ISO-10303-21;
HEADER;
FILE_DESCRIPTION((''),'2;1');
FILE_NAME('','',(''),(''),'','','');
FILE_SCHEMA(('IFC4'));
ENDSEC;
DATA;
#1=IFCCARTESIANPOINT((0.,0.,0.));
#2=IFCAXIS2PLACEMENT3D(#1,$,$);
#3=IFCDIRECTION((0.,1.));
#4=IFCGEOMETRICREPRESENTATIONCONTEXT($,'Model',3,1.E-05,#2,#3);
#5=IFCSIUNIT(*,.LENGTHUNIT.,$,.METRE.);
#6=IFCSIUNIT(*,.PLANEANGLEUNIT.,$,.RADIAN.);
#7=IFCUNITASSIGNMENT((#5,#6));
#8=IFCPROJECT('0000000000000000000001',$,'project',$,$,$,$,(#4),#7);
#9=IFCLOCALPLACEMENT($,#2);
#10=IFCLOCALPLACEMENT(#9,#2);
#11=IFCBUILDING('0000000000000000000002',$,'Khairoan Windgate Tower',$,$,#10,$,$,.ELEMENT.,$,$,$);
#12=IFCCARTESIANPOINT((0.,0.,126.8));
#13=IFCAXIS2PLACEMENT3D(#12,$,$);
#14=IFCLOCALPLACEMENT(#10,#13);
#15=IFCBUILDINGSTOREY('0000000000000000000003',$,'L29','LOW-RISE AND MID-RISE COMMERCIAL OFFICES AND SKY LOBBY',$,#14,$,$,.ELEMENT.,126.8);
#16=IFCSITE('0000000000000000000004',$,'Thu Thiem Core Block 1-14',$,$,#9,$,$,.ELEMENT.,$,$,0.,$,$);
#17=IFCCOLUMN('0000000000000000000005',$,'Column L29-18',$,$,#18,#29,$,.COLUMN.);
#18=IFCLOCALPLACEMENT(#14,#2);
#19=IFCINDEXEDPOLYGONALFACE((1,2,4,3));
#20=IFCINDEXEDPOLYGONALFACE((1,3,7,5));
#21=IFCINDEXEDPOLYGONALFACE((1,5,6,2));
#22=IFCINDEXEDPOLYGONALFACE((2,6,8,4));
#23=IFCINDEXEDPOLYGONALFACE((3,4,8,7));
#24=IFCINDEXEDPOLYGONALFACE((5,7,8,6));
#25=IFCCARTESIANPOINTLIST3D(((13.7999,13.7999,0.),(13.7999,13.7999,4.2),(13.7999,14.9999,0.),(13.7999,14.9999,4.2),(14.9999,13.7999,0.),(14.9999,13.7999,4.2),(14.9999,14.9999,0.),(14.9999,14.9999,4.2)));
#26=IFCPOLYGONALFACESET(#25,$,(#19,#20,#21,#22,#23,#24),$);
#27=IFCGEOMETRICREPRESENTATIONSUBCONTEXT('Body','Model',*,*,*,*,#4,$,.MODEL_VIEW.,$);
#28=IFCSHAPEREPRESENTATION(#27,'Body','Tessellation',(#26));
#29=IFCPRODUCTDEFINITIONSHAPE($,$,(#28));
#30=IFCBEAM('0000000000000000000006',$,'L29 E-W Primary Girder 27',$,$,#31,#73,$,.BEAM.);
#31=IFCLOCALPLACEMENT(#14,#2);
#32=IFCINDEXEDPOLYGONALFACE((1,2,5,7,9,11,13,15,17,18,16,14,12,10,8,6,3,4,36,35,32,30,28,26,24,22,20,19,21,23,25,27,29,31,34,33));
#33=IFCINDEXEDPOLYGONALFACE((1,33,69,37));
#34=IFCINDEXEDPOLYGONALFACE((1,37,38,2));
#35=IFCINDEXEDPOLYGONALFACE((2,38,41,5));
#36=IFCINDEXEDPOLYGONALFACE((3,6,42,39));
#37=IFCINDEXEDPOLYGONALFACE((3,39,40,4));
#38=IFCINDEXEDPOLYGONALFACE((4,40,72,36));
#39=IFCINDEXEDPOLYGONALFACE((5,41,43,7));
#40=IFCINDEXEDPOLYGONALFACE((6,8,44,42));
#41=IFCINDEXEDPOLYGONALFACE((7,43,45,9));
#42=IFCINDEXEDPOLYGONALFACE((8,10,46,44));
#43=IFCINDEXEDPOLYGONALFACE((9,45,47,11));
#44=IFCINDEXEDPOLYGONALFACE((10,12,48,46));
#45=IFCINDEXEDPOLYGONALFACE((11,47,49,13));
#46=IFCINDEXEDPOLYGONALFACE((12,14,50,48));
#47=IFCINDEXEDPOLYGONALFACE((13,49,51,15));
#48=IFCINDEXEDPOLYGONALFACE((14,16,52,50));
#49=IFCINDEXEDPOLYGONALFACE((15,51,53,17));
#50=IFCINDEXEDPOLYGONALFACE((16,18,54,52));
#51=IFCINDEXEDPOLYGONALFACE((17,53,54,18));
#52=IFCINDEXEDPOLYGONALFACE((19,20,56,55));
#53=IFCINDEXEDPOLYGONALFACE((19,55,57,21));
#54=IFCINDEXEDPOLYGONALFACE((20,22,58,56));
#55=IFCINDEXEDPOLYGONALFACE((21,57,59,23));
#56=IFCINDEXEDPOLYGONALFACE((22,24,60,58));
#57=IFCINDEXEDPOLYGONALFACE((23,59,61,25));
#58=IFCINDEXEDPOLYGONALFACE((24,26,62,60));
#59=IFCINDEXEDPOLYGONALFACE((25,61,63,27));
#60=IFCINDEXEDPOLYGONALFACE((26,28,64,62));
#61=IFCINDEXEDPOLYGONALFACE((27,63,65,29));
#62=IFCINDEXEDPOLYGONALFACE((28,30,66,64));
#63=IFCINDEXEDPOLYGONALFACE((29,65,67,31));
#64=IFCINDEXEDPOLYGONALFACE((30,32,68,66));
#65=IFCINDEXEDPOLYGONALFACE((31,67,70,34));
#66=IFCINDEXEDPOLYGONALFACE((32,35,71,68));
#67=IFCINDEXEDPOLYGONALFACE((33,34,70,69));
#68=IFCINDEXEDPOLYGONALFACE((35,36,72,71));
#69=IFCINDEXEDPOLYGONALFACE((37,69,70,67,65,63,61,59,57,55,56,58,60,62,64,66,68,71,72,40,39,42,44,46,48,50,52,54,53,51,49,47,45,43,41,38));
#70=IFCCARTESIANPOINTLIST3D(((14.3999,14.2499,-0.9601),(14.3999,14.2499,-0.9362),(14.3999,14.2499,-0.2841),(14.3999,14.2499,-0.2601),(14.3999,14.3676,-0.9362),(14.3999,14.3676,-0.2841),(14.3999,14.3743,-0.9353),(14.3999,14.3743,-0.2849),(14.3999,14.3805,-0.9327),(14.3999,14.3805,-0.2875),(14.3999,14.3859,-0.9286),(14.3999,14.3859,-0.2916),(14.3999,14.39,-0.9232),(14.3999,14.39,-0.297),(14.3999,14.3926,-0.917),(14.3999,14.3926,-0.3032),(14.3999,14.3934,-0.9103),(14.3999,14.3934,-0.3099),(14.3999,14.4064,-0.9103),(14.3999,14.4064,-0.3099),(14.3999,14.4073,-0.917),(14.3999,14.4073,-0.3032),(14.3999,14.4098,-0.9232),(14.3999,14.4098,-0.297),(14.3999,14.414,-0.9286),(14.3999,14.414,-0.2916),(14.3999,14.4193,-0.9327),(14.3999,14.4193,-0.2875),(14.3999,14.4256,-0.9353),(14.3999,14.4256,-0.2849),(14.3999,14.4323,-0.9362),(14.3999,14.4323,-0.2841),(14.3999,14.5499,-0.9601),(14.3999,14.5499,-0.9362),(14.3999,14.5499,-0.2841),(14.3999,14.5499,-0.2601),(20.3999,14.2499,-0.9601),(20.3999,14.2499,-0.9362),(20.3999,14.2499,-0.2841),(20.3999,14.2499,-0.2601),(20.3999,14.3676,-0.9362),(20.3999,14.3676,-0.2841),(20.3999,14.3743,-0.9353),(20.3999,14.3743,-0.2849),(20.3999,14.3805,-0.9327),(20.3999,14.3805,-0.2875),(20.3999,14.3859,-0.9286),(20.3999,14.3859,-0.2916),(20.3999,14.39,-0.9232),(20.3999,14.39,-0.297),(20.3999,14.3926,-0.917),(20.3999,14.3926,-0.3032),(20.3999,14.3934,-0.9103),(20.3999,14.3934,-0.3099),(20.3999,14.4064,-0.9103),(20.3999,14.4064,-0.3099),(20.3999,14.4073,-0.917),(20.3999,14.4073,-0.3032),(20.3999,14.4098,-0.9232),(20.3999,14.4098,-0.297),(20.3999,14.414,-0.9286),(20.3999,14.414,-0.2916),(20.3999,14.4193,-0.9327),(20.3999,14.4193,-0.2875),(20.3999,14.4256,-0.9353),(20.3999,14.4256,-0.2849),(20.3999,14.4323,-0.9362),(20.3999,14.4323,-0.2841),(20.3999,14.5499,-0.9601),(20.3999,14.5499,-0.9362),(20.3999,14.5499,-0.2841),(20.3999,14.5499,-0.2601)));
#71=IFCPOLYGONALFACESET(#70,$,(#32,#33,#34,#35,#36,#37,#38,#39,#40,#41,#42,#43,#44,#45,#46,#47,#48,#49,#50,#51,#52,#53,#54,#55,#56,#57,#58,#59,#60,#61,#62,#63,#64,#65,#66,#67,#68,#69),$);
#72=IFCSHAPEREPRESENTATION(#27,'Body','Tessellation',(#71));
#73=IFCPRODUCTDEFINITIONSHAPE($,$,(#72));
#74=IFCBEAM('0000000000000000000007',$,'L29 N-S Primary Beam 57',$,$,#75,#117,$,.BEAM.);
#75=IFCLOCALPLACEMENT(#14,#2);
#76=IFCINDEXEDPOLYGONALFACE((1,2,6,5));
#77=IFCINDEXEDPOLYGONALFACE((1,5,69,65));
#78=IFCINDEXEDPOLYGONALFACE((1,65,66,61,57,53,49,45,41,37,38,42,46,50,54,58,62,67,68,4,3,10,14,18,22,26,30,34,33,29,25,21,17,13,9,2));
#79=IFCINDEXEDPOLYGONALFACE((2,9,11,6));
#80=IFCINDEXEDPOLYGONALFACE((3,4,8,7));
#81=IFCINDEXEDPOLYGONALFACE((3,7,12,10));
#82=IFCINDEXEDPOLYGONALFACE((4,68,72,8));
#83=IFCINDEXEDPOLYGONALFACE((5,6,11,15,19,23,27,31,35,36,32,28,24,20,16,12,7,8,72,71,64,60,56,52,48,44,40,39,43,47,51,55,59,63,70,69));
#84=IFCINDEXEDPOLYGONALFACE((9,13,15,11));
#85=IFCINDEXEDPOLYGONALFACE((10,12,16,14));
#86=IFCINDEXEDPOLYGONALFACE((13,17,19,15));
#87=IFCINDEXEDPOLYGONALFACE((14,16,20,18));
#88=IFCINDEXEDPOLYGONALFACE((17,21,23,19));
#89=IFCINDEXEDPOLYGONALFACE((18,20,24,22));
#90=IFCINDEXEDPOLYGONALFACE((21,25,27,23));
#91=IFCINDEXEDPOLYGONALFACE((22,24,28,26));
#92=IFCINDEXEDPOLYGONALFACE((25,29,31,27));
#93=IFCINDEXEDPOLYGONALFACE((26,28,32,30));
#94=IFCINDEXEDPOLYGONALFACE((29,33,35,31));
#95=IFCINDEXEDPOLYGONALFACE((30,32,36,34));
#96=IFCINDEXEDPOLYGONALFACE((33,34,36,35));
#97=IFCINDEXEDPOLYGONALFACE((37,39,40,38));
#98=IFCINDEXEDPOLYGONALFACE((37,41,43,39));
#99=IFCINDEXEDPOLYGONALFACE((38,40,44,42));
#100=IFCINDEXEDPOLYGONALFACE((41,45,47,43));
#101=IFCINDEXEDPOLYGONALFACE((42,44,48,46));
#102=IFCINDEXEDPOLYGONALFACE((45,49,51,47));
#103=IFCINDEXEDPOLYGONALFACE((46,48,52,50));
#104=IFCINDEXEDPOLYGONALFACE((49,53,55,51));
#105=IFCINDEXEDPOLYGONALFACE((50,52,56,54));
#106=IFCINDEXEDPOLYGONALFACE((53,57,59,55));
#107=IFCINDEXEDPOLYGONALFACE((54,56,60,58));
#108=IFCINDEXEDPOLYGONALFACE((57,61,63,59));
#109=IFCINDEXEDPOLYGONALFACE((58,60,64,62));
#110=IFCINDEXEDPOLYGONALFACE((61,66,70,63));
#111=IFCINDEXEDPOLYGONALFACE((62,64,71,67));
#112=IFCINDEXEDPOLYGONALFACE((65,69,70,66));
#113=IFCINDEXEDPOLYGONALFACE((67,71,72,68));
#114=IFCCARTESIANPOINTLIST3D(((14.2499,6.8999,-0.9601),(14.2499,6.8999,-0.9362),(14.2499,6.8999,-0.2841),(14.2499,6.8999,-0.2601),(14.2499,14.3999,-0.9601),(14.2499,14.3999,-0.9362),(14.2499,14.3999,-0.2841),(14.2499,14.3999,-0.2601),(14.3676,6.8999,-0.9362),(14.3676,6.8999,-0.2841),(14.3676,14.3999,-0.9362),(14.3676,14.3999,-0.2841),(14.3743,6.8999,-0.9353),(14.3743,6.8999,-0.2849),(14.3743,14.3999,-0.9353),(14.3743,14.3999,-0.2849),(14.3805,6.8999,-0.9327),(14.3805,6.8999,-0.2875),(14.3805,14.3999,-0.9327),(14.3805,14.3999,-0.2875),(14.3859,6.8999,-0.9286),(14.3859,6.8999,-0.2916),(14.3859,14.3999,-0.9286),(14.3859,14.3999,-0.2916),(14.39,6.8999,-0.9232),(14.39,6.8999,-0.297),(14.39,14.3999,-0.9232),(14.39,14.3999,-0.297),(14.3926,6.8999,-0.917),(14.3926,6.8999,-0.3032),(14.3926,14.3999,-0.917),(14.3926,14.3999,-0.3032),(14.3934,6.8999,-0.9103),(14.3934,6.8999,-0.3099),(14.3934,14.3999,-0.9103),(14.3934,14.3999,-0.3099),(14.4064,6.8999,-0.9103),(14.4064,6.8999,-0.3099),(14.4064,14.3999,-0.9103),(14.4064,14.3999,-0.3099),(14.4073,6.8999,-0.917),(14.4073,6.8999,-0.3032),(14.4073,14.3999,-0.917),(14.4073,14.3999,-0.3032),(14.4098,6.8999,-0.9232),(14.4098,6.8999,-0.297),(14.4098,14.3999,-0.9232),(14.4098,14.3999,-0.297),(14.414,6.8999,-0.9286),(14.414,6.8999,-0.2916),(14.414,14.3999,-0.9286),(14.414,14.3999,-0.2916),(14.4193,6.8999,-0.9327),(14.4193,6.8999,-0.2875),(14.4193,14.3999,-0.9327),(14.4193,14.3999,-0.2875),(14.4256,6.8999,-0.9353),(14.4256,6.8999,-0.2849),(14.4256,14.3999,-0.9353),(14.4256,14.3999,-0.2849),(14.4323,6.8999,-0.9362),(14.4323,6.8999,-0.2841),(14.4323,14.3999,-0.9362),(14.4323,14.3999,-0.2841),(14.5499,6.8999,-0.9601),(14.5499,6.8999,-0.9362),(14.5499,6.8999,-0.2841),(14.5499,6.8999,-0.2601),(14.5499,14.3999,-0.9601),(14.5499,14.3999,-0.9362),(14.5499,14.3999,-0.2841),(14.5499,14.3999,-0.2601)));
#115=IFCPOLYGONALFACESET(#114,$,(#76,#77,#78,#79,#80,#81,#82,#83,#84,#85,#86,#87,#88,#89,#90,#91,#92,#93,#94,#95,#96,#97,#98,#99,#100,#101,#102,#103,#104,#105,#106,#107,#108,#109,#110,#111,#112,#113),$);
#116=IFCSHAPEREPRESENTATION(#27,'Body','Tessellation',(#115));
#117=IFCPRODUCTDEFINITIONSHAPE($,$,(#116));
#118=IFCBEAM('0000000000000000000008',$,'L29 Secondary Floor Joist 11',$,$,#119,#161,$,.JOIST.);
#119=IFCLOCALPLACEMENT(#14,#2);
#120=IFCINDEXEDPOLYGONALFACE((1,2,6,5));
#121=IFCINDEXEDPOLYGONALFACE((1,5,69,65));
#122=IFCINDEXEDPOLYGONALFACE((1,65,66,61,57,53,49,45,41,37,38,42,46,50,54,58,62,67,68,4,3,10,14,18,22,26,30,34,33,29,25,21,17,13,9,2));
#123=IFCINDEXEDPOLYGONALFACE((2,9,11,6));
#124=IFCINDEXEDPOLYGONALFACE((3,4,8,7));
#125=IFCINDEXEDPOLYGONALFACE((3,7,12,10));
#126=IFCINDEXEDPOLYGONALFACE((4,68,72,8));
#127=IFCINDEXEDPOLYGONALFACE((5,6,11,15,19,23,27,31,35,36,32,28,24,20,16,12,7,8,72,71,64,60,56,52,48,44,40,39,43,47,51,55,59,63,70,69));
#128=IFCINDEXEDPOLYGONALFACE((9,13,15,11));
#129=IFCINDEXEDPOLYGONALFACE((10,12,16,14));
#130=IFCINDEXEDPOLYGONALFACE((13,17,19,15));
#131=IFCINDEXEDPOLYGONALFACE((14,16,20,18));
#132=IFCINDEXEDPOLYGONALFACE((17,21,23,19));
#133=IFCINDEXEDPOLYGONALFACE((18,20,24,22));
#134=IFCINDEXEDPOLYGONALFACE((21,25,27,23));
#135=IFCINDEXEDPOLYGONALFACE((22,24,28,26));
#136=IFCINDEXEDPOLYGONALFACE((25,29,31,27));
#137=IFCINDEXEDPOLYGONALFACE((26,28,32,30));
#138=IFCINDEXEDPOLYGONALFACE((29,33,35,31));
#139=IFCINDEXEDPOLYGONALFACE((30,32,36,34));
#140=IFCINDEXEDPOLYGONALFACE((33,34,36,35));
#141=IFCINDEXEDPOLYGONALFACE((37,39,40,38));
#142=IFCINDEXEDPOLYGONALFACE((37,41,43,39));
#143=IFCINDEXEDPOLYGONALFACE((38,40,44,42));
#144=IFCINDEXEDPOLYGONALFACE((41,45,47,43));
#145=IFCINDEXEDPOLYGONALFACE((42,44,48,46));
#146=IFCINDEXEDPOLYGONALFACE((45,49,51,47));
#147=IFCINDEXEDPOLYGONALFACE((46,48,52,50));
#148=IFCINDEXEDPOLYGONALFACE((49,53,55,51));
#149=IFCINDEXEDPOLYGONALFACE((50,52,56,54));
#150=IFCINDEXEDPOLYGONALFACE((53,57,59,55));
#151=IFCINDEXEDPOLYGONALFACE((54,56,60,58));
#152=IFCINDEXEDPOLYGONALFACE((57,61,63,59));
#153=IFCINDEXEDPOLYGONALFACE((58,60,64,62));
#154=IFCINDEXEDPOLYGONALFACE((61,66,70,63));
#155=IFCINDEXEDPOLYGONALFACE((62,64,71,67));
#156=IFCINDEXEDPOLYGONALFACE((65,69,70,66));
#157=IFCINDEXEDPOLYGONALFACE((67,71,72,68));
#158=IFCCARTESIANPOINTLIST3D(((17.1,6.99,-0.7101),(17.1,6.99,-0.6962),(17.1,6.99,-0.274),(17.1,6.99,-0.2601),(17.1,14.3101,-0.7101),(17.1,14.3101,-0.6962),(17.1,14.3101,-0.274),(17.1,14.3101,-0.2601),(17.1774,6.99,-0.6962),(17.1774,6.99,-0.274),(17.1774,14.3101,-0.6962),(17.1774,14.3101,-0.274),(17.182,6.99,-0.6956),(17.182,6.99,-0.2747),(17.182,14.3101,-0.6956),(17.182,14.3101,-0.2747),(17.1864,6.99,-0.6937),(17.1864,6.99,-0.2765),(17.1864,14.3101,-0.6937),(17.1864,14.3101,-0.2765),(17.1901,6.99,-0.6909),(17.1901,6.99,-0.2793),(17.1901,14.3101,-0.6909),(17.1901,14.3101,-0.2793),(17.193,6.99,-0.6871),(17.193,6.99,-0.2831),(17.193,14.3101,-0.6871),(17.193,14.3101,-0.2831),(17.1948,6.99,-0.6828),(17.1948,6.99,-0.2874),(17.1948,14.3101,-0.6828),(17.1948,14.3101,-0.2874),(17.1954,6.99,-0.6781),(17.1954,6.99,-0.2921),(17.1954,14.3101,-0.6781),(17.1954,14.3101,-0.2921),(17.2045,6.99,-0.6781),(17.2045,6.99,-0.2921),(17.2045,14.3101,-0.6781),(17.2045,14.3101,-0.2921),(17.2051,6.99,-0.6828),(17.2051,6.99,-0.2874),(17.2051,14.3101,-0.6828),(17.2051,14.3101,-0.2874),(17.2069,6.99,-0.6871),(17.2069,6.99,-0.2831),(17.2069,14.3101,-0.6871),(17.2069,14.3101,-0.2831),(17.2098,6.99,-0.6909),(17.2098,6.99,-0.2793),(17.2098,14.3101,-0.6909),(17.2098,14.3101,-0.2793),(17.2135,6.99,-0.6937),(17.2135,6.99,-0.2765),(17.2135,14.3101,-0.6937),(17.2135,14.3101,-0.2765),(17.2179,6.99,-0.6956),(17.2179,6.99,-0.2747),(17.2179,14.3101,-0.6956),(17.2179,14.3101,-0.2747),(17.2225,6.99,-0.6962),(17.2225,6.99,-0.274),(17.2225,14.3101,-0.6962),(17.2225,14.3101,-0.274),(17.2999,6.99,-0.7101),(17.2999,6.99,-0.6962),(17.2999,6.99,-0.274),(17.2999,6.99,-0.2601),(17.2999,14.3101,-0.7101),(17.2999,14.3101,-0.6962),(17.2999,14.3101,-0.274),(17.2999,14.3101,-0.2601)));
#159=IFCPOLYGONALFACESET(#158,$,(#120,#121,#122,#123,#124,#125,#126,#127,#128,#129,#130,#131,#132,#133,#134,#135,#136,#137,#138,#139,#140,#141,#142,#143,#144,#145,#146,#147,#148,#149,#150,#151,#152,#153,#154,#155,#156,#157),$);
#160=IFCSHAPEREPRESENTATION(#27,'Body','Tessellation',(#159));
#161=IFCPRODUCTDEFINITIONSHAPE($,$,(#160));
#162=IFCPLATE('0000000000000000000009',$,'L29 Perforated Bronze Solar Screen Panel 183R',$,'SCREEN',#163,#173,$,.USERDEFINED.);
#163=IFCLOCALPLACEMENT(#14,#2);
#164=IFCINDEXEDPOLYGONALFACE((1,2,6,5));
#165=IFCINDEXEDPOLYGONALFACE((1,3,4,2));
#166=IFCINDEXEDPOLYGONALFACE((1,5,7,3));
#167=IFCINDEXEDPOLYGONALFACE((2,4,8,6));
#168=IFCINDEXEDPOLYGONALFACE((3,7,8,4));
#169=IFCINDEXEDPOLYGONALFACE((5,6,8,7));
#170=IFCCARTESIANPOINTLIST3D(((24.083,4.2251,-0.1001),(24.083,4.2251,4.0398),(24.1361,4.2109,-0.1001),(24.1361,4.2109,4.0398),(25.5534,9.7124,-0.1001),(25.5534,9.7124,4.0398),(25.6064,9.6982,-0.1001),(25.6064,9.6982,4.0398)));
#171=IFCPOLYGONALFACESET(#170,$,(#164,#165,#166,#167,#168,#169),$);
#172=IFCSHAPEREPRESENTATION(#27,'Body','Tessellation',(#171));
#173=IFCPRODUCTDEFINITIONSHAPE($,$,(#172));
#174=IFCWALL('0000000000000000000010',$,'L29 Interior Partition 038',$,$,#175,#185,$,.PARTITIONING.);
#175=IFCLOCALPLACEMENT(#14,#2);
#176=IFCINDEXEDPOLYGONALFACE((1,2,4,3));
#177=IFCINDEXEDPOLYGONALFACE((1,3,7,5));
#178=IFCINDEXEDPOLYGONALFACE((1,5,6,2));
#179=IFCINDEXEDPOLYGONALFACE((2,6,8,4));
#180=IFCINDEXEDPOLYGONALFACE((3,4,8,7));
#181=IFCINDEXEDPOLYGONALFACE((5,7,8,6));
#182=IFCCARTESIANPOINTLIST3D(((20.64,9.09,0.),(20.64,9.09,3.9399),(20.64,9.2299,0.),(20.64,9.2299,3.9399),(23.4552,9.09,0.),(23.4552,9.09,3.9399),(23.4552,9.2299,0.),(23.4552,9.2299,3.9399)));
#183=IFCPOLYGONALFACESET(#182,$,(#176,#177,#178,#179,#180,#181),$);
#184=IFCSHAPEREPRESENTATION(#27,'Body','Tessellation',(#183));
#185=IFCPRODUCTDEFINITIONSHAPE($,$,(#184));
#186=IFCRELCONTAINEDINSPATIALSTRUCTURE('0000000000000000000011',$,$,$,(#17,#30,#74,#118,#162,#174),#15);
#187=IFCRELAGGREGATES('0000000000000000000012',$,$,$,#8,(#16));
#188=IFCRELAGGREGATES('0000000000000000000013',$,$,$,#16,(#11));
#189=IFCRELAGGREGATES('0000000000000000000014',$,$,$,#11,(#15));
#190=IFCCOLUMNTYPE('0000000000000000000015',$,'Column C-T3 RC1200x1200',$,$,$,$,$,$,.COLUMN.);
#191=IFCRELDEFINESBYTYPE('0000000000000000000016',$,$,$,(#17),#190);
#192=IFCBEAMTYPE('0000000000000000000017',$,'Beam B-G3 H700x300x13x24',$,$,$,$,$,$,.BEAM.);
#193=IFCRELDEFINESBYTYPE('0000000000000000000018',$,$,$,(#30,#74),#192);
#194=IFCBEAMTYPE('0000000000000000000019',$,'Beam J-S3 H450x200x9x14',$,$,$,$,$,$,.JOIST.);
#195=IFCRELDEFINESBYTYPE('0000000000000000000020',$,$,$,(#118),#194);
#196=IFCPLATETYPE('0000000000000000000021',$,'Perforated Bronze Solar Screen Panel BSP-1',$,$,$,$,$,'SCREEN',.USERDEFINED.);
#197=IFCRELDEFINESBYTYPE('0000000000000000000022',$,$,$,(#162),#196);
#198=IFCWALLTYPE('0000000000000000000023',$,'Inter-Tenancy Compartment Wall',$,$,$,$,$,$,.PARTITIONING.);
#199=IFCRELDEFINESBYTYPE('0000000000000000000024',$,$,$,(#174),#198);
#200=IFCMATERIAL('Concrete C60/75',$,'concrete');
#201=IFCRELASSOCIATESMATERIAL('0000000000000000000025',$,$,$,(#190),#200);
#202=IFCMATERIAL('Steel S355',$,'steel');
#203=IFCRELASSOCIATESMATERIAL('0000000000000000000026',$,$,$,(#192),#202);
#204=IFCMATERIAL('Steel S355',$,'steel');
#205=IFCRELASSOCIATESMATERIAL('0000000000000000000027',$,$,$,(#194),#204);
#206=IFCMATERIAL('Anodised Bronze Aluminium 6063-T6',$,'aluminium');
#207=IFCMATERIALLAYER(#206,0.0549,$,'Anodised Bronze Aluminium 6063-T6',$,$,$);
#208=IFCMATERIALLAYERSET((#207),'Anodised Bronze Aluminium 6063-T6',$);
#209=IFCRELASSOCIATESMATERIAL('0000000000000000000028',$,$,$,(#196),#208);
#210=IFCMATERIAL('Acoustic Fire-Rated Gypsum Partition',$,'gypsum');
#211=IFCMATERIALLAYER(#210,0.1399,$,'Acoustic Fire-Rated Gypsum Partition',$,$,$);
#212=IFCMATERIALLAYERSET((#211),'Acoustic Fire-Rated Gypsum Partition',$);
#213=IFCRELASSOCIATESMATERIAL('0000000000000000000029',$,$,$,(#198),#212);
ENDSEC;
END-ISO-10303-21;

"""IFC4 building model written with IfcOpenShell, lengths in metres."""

from ifc_helpers import new_model, si_unit, direction, frame, frame_2d, origin, origin_2d, place, context, subcontext, project, spatial, rectangle, i_section, extrude, material, layer, layer_set, material_profile, profile_set, type_object, element, save


model = new_model("IFC4")

# Units and contexts
model_context = context("Model", 3, precision=1e-05, world=origin(), true_north=direction((0.0, 1.0)))
body_context = subcontext(model_context, "Body", "Model", "MODEL_VIEW")
ifc_project = project(units=[si_unit("LENGTHUNIT", "METRE"), si_unit("PLANEANGLEUNIT", "RADIAN")], contexts=[model_context])

# Site, building, storey
site_placement = place(None, origin())
site = spatial("IfcSite", under=ifc_project, at=site_placement, Name="Thu Thiem Core Block 1-14", CompositionType="ELEMENT", RefElevation=0.0)
building_placement = place(site_placement, origin())
building = spatial("IfcBuilding", under=site, at=building_placement, Name="Khairoan Windgate Tower", CompositionType="ELEMENT")
storey_placement = place(building_placement, frame((0.0, 0.0, 126.8)))
storey = spatial("IfcBuildingStorey", under=building, at=storey_placement, Name="L29", Description="LOW-RISE AND MID-RISE COMMERCIAL OFFICES AND SKY LOBBY", CompositionType="ELEMENT", Elevation=126.8)

# Column
ifc_material_1 = material(Name="Concrete C60/75", Category="concrete")
ifc_material_profile_1 = material_profile(ifc_material_1, rectangle(XDim=1.2, YDim=1.2, at=origin_2d()))
ifc_profile_set_1 = profile_set([ifc_material_profile_1], Name="Concrete C60/75")
column_type = type_object("IfcColumnType", Name="Column C-T3 RC1200x1200", PredefinedType="COLUMN", material=ifc_profile_set_1)
column_placement = place(storey_placement, frame((14.3999, 14.3999, 0.0), z_axis=(0.0, 0.0, 1.0), x_axis=(1.0, 0.0, 0.0)))
element("IfcColumn", 1, at=column_placement, inside=storey, type_object=column_type, Name="Column L29-18", PredefinedType="COLUMN", context=body_context, shape_type="SweptSolid", body=[
    extrude(rectangle(XDim=1.2, YDim=1.2, at=origin_2d()), origin(), (0.0, 0.0, 1.0), 4.2),
])

# Beams
ifc_material_2 = material(Name="Steel S355", Category="steel")
ifc_material_profile_2 = material_profile(ifc_material_2, i_section(OverallWidth=0.3, OverallDepth=0.7, WebThickness=0.0129, FlangeThickness=0.0239, FilletRadius=0.0259, at=origin_2d()))
ifc_profile_set_2 = profile_set([ifc_material_profile_2], Name="Steel S355")
beam_type_1 = type_object("IfcBeamType", Name="Beam B-G3 H700x300x13x24", PredefinedType="BEAM", material=ifc_profile_set_2)
beam_1_placement = place(storey_placement, frame((14.3999, 14.3999, -0.6101), z_axis=(1.0, 0.0, 0.0), x_axis=(0.0, 1.0, 0.0)))
element("IfcBeam", 2, at=beam_1_placement, inside=storey, type_object=beam_type_1, Name="L29 E-W Primary Girder 27", PredefinedType="BEAM", context=body_context, shape_type="SweptSolid", body=[
    extrude(i_section(OverallWidth=0.3, OverallDepth=0.7, WebThickness=0.0129, FlangeThickness=0.0239, FilletRadius=0.0259, at=origin_2d()), origin(), (0.0, 0.0, 1.0), 6.0),
])
beam_2_placement = place(storey_placement, frame((14.3999, 6.8999, -0.6101), z_axis=(0.0, 1.0, 0.0), x_axis=(-1.0, 0.0, 0.0)))
element("IfcBeam", 3, at=beam_2_placement, inside=storey, type_object=beam_type_1, Name="L29 N-S Primary Beam 57", PredefinedType="BEAM", context=body_context, shape_type="SweptSolid", body=[
    extrude(i_section(OverallWidth=0.3, OverallDepth=0.7, WebThickness=0.0129, FlangeThickness=0.0239, FilletRadius=0.0259, at=origin_2d()), origin(), (0.0, 0.0, 1.0), 7.5),
])
ifc_material_3 = material(Name="Steel S355", Category="steel")
ifc_material_profile_3 = material_profile(ifc_material_3, i_section(OverallWidth=0.2, OverallDepth=0.45, WebThickness=0.009, FlangeThickness=0.0139, FilletRadius=0.0181, at=origin_2d()))
ifc_profile_set_3 = profile_set([ifc_material_profile_3], Name="Steel S355")
beam_type_2 = type_object("IfcBeamType", Name="Beam J-S3 H450x200x9x14", PredefinedType="JOIST", material=ifc_profile_set_3)
beam_3_placement = place(storey_placement, frame((17.2, 6.99, -0.4851), z_axis=(0.0, 1.0, 0.0), x_axis=(-1.0, 0.0, 0.0)))
element("IfcBeam", 4, at=beam_3_placement, inside=storey, type_object=beam_type_2, Name="L29 Secondary Floor Joist 11", PredefinedType="JOIST", context=body_context, shape_type="SweptSolid", body=[
    extrude(i_section(OverallWidth=0.2, OverallDepth=0.45, WebThickness=0.009, FlangeThickness=0.0139, FilletRadius=0.0181, at=origin_2d()), origin(), (0.0, 0.0, 1.0), 7.3201),
])

# Plate
ifc_material_4 = material(Name="Anodised Bronze Aluminium 6063-T6", Category="aluminium")
ifc_layer_1 = layer(ifc_material_4, 0.0549, Name="Anodised Bronze Aluminium 6063-T6")
ifc_layer_set_1 = layer_set([ifc_layer_1], Name="Anodised Bronze Aluminium 6063-T6")
plate_type = type_object("IfcPlateType", Name="Perforated Bronze Solar Screen Panel BSP-1", ElementType="SCREEN", PredefinedType="USERDEFINED", material=ifc_layer_set_1)
plate_placement = place(storey_placement, frame((24.8447, 6.9617, -0.1001), z_axis=(0.0, 0.0, 1.0), x_axis=(-0.258819, -0.965926, 0.0)))
element("IfcPlate", 5, at=plate_placement, inside=storey, type_object=plate_type, Name="L29 Perforated Bronze Solar Screen Panel 183R", ObjectType="SCREEN", PredefinedType="USERDEFINED", context=body_context, shape_type="SweptSolid", body=[
    extrude(rectangle(XDim=5.6809, YDim=0.0549, at=origin_2d()), origin(), (0.0, 0.0, 1.0), 4.1399),
])

# Wall
ifc_material_5 = material(Name="Acoustic Fire-Rated Gypsum Partition", Category="gypsum")
ifc_layer_2 = layer(ifc_material_5, 0.1399, Name="Acoustic Fire-Rated Gypsum Partition")
ifc_layer_set_2 = layer_set([ifc_layer_2], Name="Acoustic Fire-Rated Gypsum Partition")
wall_type_1 = type_object("IfcWallType", Name="Inter-Tenancy Compartment Wall", PredefinedType="PARTITIONING", material=ifc_layer_set_2)
wall_1_placement = place(storey_placement, frame((20.6399, 9.1599, 0.0), z_axis=(0.0, 0.0, 1.0), x_axis=(1.0, 0.0, 0.0)))
element("IfcWall", 6, at=wall_1_placement, inside=storey, type_object=wall_type_1, Name="L29 Interior Partition 038", PredefinedType="PARTITIONING", context=body_context, shape_type="SweptSolid", body=[
    extrude(rectangle(XDim=2.8152, YDim=0.1399, at=frame_2d((1.4077, 0.0))), origin(), (0.0, 0.0, 1.0), 3.9399),
])

save(model, "model.ifc")
